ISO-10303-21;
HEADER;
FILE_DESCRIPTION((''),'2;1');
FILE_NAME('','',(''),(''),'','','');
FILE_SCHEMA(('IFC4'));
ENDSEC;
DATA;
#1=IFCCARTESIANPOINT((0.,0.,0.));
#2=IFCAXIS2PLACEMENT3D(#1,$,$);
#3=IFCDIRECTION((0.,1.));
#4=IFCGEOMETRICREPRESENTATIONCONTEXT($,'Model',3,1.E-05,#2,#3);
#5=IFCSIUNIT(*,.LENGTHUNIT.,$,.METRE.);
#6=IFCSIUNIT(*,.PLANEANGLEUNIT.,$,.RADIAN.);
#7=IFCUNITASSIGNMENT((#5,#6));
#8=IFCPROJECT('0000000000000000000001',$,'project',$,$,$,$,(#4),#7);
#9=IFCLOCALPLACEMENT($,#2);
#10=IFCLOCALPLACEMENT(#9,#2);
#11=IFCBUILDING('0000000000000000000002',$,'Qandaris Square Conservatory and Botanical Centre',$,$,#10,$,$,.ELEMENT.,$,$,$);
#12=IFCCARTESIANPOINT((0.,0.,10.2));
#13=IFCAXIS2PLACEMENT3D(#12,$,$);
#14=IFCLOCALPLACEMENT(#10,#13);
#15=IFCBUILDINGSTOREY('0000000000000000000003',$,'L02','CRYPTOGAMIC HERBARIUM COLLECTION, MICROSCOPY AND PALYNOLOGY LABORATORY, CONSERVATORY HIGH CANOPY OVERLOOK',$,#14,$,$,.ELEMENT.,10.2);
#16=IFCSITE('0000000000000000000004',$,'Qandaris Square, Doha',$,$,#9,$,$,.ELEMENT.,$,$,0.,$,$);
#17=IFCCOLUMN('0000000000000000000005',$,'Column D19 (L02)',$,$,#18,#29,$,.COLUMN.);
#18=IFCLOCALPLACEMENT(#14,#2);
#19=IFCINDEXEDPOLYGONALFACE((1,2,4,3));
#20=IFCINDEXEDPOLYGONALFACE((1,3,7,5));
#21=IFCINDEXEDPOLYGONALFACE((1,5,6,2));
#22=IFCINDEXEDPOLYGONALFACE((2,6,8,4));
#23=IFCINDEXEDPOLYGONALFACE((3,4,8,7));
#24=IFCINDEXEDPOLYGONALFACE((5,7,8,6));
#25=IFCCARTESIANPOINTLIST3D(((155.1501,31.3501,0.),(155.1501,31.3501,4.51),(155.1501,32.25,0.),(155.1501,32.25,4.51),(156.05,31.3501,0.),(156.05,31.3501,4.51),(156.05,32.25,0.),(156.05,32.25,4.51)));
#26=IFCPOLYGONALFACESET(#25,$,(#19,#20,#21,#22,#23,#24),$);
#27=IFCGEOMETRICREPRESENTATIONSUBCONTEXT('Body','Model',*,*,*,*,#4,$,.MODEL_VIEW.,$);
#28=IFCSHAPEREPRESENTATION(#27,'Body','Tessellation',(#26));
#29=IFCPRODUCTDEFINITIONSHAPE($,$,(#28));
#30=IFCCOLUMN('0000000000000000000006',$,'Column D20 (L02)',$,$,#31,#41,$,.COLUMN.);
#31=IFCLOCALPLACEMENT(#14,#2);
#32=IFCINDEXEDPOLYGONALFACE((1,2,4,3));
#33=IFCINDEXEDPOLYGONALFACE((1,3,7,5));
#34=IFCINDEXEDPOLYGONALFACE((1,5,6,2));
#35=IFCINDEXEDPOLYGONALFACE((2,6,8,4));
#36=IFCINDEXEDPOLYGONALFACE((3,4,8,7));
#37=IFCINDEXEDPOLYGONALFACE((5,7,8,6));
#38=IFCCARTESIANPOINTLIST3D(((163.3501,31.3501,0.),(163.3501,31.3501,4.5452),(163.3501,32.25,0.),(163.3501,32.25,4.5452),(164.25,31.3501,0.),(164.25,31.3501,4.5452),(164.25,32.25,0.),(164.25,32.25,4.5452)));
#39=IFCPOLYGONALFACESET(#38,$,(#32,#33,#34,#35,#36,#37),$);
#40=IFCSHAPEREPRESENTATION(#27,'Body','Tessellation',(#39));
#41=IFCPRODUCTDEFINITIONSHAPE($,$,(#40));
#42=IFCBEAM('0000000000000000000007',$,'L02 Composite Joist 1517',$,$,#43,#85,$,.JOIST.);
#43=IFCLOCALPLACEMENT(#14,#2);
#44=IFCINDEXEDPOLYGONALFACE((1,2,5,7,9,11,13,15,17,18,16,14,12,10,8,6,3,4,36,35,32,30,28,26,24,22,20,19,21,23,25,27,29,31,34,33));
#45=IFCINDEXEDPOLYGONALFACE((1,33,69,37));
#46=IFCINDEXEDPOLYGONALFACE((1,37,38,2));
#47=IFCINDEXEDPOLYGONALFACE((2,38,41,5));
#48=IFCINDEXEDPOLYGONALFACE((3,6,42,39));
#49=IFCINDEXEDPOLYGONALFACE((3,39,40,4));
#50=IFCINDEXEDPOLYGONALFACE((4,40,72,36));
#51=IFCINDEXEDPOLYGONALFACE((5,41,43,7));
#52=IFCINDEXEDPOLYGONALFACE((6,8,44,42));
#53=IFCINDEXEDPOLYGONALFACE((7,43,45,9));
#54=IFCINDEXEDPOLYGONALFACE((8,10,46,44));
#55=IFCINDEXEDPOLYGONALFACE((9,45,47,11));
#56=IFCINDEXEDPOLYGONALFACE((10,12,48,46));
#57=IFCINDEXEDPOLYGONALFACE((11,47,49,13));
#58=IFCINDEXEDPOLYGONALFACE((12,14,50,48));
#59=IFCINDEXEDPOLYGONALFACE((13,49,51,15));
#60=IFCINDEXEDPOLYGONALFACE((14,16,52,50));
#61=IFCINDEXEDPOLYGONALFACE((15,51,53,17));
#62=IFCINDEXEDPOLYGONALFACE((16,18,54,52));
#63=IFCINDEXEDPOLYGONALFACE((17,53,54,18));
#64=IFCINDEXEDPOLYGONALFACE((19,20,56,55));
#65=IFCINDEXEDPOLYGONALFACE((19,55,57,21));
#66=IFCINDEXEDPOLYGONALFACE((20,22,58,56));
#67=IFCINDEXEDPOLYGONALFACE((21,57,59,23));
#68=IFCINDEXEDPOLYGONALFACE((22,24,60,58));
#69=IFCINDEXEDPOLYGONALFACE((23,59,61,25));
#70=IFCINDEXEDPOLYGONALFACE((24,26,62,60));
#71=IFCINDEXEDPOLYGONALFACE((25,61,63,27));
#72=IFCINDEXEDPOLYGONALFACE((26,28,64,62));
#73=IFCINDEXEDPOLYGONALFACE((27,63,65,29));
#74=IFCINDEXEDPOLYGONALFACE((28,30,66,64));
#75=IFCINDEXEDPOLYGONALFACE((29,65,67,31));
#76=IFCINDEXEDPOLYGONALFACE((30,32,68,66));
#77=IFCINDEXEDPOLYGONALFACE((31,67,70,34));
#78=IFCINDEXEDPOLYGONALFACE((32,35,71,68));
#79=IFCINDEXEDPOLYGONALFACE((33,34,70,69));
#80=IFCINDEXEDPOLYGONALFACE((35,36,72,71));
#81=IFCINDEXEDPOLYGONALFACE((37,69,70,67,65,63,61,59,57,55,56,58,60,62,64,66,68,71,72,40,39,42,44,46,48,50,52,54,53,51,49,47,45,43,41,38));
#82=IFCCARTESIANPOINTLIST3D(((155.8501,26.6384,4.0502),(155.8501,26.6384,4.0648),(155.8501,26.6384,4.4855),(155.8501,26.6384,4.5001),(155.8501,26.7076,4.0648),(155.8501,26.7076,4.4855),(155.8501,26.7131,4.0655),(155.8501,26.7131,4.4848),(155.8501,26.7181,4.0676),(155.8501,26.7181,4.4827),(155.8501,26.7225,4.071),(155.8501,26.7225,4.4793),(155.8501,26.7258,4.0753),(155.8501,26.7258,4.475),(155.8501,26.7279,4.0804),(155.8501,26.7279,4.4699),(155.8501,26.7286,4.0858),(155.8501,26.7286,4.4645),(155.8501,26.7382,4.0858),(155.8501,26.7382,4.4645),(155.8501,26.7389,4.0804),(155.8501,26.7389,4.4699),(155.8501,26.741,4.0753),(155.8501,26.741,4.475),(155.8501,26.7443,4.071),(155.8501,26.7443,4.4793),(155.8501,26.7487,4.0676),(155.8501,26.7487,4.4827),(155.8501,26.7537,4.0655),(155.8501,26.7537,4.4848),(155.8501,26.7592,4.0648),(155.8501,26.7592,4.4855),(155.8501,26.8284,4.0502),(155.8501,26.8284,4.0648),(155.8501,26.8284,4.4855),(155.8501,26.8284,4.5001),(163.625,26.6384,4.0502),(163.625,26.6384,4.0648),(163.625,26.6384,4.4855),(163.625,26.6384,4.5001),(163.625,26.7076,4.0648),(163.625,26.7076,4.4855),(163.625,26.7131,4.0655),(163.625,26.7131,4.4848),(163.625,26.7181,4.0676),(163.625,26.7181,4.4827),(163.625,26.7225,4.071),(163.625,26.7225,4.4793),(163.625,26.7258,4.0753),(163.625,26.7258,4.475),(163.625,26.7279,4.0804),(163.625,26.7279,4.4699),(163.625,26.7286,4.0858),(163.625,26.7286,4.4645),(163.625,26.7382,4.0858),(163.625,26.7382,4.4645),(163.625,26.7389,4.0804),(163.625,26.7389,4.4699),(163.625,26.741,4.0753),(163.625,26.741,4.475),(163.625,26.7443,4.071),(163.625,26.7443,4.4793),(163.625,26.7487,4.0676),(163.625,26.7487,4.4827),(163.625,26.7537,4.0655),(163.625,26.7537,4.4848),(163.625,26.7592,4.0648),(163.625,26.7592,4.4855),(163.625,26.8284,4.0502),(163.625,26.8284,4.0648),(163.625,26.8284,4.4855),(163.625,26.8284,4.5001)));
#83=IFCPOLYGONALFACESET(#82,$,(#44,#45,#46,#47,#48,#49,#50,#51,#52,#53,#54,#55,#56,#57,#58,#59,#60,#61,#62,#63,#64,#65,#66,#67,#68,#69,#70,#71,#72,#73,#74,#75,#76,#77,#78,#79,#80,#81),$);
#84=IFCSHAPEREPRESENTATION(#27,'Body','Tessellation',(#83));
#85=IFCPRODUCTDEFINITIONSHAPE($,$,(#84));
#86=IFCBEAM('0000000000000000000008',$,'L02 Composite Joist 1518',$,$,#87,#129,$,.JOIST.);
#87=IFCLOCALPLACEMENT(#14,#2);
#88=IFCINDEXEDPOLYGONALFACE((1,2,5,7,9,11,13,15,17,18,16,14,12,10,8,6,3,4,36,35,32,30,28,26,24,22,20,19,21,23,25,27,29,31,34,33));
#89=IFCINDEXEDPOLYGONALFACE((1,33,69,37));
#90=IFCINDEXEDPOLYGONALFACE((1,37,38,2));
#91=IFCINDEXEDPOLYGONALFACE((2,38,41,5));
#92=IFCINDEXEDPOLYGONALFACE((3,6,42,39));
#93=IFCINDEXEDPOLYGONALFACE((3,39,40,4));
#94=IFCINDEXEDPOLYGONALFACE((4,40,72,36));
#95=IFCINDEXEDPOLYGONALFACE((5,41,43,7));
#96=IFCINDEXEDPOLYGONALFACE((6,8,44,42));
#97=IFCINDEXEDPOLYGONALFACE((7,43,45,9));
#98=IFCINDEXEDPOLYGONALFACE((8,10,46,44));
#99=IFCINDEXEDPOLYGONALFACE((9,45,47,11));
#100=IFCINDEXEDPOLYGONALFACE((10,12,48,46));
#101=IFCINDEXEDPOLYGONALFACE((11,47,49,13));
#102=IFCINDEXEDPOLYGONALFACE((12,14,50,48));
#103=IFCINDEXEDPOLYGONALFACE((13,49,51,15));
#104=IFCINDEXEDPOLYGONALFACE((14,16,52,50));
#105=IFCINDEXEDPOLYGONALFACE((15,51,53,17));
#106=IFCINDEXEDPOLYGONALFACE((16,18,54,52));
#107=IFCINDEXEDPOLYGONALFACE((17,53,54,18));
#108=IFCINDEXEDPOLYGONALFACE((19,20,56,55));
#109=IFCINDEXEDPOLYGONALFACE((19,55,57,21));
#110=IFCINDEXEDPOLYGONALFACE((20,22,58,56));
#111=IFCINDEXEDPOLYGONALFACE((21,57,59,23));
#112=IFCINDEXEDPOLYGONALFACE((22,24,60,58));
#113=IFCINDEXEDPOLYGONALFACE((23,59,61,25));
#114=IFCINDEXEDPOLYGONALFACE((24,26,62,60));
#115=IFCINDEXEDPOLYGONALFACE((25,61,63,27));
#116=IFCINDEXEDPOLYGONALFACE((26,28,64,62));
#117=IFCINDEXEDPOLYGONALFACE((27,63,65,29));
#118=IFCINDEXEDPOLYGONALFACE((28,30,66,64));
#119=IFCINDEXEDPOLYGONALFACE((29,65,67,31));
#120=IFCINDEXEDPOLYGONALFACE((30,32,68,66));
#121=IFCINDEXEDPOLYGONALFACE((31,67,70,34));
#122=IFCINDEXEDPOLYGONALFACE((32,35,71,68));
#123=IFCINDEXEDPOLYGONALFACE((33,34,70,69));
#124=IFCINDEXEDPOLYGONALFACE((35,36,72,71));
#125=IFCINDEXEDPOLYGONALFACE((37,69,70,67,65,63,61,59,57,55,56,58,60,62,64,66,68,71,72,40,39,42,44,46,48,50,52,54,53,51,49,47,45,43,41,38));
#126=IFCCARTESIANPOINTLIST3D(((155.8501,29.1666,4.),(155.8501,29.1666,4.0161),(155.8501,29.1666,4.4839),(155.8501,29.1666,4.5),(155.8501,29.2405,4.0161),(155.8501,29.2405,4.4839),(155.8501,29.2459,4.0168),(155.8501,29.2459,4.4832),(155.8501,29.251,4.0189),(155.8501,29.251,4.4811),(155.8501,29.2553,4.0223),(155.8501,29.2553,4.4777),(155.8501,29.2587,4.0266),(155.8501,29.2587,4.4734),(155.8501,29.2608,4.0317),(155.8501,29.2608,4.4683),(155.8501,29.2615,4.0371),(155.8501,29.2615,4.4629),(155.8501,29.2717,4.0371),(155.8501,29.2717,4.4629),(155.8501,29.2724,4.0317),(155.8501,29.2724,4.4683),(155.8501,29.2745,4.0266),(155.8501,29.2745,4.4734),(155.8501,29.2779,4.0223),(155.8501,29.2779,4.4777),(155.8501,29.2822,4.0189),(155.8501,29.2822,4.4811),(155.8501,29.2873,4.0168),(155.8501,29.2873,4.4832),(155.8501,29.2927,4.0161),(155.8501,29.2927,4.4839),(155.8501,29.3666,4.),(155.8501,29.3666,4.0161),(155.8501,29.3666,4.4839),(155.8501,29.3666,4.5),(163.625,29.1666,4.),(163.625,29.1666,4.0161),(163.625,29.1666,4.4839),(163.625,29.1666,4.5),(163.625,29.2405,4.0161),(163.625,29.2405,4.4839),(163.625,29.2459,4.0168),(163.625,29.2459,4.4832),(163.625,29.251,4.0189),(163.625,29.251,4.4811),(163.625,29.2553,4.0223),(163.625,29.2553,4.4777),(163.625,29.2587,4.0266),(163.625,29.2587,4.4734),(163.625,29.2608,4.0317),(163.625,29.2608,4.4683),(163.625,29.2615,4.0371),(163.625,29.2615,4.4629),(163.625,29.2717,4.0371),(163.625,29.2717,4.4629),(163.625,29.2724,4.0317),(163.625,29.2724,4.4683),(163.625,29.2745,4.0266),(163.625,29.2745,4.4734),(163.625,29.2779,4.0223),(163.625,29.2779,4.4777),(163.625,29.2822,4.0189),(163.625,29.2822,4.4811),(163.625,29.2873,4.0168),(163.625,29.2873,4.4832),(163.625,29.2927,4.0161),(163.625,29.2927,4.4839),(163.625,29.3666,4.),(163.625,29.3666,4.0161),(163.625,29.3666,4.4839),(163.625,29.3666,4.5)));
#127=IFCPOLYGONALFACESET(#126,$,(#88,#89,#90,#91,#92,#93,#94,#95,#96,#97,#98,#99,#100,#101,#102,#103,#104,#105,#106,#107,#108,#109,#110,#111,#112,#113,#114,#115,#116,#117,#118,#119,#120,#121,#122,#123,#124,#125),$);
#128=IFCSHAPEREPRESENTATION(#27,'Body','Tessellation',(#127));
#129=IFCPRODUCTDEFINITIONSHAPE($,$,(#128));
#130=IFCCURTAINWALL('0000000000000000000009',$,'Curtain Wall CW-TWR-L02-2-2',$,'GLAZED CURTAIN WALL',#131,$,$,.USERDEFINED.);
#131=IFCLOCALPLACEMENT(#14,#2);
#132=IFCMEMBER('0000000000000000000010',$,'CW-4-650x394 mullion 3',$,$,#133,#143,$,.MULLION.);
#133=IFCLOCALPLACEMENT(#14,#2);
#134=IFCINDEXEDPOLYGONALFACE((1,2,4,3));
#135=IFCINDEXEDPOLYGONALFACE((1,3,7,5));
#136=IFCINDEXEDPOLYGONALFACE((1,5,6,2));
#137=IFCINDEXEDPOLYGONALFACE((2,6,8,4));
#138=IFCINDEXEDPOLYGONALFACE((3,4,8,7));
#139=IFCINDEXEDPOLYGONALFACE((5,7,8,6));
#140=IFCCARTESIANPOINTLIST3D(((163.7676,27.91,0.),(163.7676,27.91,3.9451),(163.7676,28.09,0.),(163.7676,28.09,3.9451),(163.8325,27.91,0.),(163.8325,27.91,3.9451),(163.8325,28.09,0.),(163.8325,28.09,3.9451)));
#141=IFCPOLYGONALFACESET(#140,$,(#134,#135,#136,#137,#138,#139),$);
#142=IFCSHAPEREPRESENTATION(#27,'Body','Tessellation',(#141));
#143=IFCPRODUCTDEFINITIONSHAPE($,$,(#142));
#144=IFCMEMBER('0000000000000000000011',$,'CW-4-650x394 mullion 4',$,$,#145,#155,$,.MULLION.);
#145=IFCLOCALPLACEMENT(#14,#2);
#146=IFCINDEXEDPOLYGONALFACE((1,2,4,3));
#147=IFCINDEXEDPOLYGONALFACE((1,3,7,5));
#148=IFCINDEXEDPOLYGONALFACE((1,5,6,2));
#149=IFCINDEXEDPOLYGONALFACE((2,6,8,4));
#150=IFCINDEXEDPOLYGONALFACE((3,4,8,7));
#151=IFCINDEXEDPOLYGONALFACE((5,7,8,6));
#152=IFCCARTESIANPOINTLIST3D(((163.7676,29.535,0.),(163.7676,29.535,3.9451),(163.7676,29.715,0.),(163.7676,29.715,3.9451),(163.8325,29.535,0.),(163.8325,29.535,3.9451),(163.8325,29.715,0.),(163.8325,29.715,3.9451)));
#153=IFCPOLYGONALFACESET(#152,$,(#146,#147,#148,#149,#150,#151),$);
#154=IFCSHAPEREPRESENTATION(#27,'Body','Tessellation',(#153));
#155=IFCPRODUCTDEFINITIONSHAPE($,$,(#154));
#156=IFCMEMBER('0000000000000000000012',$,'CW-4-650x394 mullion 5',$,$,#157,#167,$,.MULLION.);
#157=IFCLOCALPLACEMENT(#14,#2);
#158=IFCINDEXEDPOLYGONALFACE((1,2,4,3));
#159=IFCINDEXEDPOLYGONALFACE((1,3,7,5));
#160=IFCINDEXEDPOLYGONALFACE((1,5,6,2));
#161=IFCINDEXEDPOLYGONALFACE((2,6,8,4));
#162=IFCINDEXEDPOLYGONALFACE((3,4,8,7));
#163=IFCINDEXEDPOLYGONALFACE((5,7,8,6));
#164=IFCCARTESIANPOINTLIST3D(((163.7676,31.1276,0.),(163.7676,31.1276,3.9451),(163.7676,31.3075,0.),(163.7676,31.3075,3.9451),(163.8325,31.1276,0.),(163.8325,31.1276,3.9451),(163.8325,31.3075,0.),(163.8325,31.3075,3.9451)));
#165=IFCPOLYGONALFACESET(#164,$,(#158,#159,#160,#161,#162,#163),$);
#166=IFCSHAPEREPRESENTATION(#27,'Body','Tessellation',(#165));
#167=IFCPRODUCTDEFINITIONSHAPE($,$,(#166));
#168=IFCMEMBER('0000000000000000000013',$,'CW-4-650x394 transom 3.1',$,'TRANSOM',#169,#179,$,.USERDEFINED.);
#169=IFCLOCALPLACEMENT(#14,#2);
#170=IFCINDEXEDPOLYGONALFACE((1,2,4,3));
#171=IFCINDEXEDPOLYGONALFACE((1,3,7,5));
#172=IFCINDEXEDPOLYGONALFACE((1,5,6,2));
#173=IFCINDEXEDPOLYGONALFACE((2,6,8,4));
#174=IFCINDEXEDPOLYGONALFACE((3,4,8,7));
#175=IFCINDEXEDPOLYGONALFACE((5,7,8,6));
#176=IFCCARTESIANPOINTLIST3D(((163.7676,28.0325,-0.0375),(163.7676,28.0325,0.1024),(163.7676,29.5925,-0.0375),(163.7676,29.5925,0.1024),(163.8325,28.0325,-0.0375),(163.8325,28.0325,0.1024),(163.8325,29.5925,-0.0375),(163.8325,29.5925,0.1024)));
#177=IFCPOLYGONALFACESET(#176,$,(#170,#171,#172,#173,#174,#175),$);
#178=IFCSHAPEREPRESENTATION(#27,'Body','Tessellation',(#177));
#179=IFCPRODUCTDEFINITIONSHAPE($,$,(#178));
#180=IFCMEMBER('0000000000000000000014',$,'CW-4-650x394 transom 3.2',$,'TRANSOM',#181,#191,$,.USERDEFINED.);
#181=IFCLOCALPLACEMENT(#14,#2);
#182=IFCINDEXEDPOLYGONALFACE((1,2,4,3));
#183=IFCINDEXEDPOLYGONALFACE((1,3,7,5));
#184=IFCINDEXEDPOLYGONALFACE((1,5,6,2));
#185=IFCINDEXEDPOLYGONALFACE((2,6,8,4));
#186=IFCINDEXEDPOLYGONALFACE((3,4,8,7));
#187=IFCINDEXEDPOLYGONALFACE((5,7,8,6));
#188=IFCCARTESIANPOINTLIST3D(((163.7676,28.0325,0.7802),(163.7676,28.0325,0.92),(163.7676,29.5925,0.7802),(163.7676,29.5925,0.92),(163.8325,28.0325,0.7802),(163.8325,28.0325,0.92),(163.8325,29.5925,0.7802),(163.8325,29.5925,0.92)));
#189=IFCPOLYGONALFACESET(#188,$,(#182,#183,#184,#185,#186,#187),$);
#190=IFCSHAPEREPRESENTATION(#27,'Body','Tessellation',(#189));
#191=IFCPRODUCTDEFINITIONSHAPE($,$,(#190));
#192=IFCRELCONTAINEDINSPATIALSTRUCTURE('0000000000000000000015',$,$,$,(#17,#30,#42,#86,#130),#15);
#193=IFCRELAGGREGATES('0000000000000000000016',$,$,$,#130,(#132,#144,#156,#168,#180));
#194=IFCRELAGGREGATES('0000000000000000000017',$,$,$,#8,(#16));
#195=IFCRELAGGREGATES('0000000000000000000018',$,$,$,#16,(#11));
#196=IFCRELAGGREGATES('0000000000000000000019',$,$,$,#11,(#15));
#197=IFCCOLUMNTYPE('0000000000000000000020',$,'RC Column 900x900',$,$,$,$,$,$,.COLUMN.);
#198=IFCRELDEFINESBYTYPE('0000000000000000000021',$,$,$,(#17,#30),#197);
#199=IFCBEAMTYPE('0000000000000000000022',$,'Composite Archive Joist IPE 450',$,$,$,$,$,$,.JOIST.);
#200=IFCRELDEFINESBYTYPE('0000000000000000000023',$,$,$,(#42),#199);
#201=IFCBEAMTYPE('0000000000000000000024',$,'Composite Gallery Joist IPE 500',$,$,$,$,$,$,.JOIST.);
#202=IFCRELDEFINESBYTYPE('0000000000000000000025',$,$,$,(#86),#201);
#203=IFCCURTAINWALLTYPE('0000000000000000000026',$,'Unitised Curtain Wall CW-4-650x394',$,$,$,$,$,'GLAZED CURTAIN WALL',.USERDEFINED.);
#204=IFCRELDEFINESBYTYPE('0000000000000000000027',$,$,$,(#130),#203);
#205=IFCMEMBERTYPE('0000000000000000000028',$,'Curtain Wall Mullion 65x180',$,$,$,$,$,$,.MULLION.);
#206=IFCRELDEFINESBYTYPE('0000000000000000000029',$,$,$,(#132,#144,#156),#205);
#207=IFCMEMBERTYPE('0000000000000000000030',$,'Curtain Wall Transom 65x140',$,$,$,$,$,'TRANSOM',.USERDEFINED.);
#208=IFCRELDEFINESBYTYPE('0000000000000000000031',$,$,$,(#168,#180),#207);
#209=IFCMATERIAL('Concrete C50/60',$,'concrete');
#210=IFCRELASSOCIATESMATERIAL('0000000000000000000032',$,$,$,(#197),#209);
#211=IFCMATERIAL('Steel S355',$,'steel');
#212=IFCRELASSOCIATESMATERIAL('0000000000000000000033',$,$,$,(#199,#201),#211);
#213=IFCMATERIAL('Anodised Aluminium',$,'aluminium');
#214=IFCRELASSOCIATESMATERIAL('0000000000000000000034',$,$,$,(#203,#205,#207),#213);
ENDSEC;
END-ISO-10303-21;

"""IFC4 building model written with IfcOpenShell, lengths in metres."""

from ifc_helpers import new_model, si_unit, direction, frame, origin, origin_2d, place, context, subcontext, project, spatial, rectangle, i_section, extrude, material, material_profile, profile_set, type_object, element, aggregate, save


model = new_model("IFC4")

# Units and contexts
model_context = context("Model", 3, precision=1e-05, world=origin(), true_north=direction((0.0, 1.0)))
body_context = subcontext(model_context, "Body", "Model", "MODEL_VIEW")
ifc_project = project(units=[si_unit("LENGTHUNIT", "METRE"), si_unit("PLANEANGLEUNIT", "RADIAN")], contexts=[model_context])

# Site, building, storey
site_placement = place(None, origin())
site = spatial("IfcSite", under=ifc_project, at=site_placement, Name="Qandaris Square, Doha", CompositionType="ELEMENT", RefElevation=0.0)
building_placement = place(site_placement, origin())
building = spatial("IfcBuilding", under=site, at=building_placement, Name="Qandaris Square Conservatory and Botanical Centre", CompositionType="ELEMENT")
storey_placement = place(building_placement, frame((0.0, 0.0, 10.2)))
storey = spatial("IfcBuildingStorey", under=building, at=storey_placement, Name="L02", Description="CRYPTOGAMIC HERBARIUM COLLECTION, MICROSCOPY AND PALYNOLOGY LABORATORY, CONSERVATORY HIGH CANOPY OVERLOOK", CompositionType="ELEMENT", Elevation=10.2)

# Columns
ifc_material_1 = material(Name="Concrete C50/60", Category="concrete")
ifc_material_profile_1 = material_profile(ifc_material_1, rectangle(XDim=0.8999, YDim=0.8999, at=origin_2d()), Name="RC-COL 900x900")
ifc_profile_set_1 = profile_set([ifc_material_profile_1], Name="Concrete C50/60")
column_type = type_object("IfcColumnType", Name="RC Column 900x900", PredefinedType="COLUMN", material=ifc_profile_set_1)
column_1_placement = place(storey_placement, frame((155.6001, 31.8, 0.0), z_axis=(0.0, 0.0, 1.0), x_axis=(1.0, 0.0, 0.0)))
element("IfcColumn", 1, at=column_1_placement, inside=storey, type_object=column_type, Name="Column D19 (L02)", PredefinedType="COLUMN", context=body_context, shape_type="SweptSolid", body=[
    extrude(rectangle(XDim=0.8999, YDim=0.8999, at=origin_2d()), origin(), (0.0, 0.0, 1.0), 4.51),
])
column_2_placement = place(storey_placement, frame((163.8, 31.8, 0.0), z_axis=(0.0, 0.0, 1.0), x_axis=(1.0, 0.0, 0.0)))
element("IfcColumn", 2, at=column_2_placement, inside=storey, type_object=column_type, Name="Column D20 (L02)", PredefinedType="COLUMN", context=body_context, shape_type="SweptSolid", body=[
    extrude(rectangle(XDim=0.8999, YDim=0.8999, at=origin_2d()), origin(), (0.0, 0.0, 1.0), 4.5452),
])

# Beams
ifc_material_2 = material(Name="Steel S355", Category="steel")
ifc_material_profile_2 = material_profile(ifc_material_2, i_section(OverallWidth=0.1899, OverallDepth=0.45, WebThickness=0.0095, FlangeThickness=0.0146, FilletRadius=0.021, at=origin_2d()), Name="IPE 450")
ifc_profile_set_2 = profile_set([ifc_material_profile_2], Name="Steel S355")
beam_type_1 = type_object("IfcBeamType", Name="Composite Archive Joist IPE 450", PredefinedType="JOIST", material=ifc_profile_set_2)
beam_1_placement = place(storey_placement, frame((155.8501, 26.7334, 4.2751), z_axis=(1.0, 0.0, 0.0), x_axis=(0.0, 1.0, 0.0)))
element("IfcBeam", 3, at=beam_1_placement, inside=storey, type_object=beam_type_1, Name="L02 Composite Joist 1517", PredefinedType="JOIST", context=body_context, shape_type="SweptSolid", body=[
    extrude(i_section(OverallWidth=0.1899, OverallDepth=0.45, WebThickness=0.0095, FlangeThickness=0.0146, FilletRadius=0.021, at=origin_2d()), origin(), (0.0, 0.0, 1.0), 7.7749),
])
ifc_material_profile_3 = material_profile(ifc_material_2, i_section(OverallWidth=0.2, OverallDepth=0.5, WebThickness=0.0103, FlangeThickness=0.0161, FilletRadius=0.021, at=origin_2d()), Name="IPE 500")
ifc_profile_set_3 = profile_set([ifc_material_profile_3], Name="Steel S355")
beam_type_2 = type_object("IfcBeamType", Name="Composite Gallery Joist IPE 500", PredefinedType="JOIST", material=ifc_profile_set_3)
beam_2_placement = place(storey_placement, frame((155.8501, 29.2666, 4.25), z_axis=(1.0, 0.0, 0.0), x_axis=(0.0, 1.0, 0.0)))
element("IfcBeam", 4, at=beam_2_placement, inside=storey, type_object=beam_type_2, Name="L02 Composite Joist 1518", PredefinedType="JOIST", context=body_context, shape_type="SweptSolid", body=[
    extrude(i_section(OverallWidth=0.2, OverallDepth=0.5, WebThickness=0.0103, FlangeThickness=0.0161, FilletRadius=0.021, at=origin_2d()), origin(), (0.0, 0.0, 1.0), 7.7749),
])

# Curtain wall, members
ifc_material_3 = material(Name="Anodised Aluminium", Category="aluminium")
curtain_wall_type = type_object("IfcCurtainWallType", Name="Unitised Curtain Wall CW-4-650x394", ElementType="GLAZED CURTAIN WALL", PredefinedType="USERDEFINED", material=ifc_material_3)
curtain_wall_placement = place(storey_placement, origin())
curtain_wall = element("IfcCurtainWall", 5, at=curtain_wall_placement, inside=storey, type_object=curtain_wall_type, Name="Curtain Wall CW-TWR-L02-2-2", ObjectType="GLAZED CURTAIN WALL", PredefinedType="USERDEFINED")
ifc_material_profile_4 = material_profile(ifc_material_3, rectangle(XDim=0.0649, YDim=0.1799, at=origin_2d()), Name="ALU-MUL 65x180")
ifc_profile_set_4 = profile_set([ifc_material_profile_4], Name="Anodised Aluminium")
member_type_1 = type_object("IfcMemberType", Name="Curtain Wall Mullion 65x180", PredefinedType="MULLION", material=ifc_profile_set_4)
member_1_placement = place(storey_placement, frame((163.8, 28.0, 0.0), z_axis=(0.0, 0.0, 1.0), x_axis=(-1.0, 0.0, 0.0)))
member_1 = element("IfcMember", 6, at=member_1_placement, type_object=member_type_1, Name="CW-4-650x394 mullion 3", PredefinedType="MULLION", context=body_context, shape_type="SweptSolid", body=[
    extrude(rectangle(XDim=0.0649, YDim=0.1799, at=origin_2d()), origin(), (0.0, 0.0, 1.0), 3.9451),
])
member_2_placement = place(storey_placement, frame((163.8, 29.625, 0.0), z_axis=(0.0, 0.0, 1.0), x_axis=(-1.0, 0.0, 0.0)))
member_2 = element("IfcMember", 7, at=member_2_placement, type_object=member_type_1, Name="CW-4-650x394 mullion 4", PredefinedType="MULLION", context=body_context, shape_type="SweptSolid", body=[
    extrude(rectangle(XDim=0.0649, YDim=0.1799, at=origin_2d()), origin(), (0.0, 0.0, 1.0), 3.9451),
])
member_3_placement = place(storey_placement, frame((163.8, 31.2175, 0.0), z_axis=(0.0, 0.0, 1.0), x_axis=(-1.0, 0.0, 0.0)))
member_3 = element("IfcMember", 8, at=member_3_placement, type_object=member_type_1, Name="CW-4-650x394 mullion 5", PredefinedType="MULLION", context=body_context, shape_type="SweptSolid", body=[
    extrude(rectangle(XDim=0.0649, YDim=0.1799, at=origin_2d()), origin(), (0.0, 0.0, 1.0), 3.9451),
])
ifc_material_profile_5 = material_profile(ifc_material_3, rectangle(XDim=0.0649, YDim=0.1399, at=origin_2d()), Name="ALU-TRN 65x140")
ifc_profile_set_5 = profile_set([ifc_material_profile_5], Name="Anodised Aluminium")
member_type_2 = type_object("IfcMemberType", Name="Curtain Wall Transom 65x140", ElementType="TRANSOM", PredefinedType="USERDEFINED", material=ifc_profile_set_5)
member_4_placement = place(storey_placement, frame((163.8, 28.0325, 0.0325), z_axis=(0.0, 1.0, 0.0), x_axis=(-1.0, 0.0, 0.0)))
member_4 = element("IfcMember", 9, at=member_4_placement, type_object=member_type_2, Name="CW-4-650x394 transom 3.1", ObjectType="TRANSOM", PredefinedType="USERDEFINED", context=body_context, shape_type="SweptSolid", body=[
    extrude(rectangle(XDim=0.0649, YDim=0.1399, at=origin_2d()), origin(), (0.0, 0.0, 1.0), 1.5601),
])
member_5_placement = place(storey_placement, frame((163.8, 28.0325, 0.8501), z_axis=(0.0, 1.0, 0.0), x_axis=(-1.0, 0.0, 0.0)))
member_5 = element("IfcMember", 10, at=member_5_placement, type_object=member_type_2, Name="CW-4-650x394 transom 3.2", ObjectType="TRANSOM", PredefinedType="USERDEFINED", context=body_context, shape_type="SweptSolid", body=[
    extrude(rectangle(XDim=0.0649, YDim=0.1399, at=origin_2d()), origin(), (0.0, 0.0, 1.0), 1.5601),
])

aggregate(curtain_wall, [member_1, member_2, member_3, member_4, member_5])

save(model, "model.ifc")
